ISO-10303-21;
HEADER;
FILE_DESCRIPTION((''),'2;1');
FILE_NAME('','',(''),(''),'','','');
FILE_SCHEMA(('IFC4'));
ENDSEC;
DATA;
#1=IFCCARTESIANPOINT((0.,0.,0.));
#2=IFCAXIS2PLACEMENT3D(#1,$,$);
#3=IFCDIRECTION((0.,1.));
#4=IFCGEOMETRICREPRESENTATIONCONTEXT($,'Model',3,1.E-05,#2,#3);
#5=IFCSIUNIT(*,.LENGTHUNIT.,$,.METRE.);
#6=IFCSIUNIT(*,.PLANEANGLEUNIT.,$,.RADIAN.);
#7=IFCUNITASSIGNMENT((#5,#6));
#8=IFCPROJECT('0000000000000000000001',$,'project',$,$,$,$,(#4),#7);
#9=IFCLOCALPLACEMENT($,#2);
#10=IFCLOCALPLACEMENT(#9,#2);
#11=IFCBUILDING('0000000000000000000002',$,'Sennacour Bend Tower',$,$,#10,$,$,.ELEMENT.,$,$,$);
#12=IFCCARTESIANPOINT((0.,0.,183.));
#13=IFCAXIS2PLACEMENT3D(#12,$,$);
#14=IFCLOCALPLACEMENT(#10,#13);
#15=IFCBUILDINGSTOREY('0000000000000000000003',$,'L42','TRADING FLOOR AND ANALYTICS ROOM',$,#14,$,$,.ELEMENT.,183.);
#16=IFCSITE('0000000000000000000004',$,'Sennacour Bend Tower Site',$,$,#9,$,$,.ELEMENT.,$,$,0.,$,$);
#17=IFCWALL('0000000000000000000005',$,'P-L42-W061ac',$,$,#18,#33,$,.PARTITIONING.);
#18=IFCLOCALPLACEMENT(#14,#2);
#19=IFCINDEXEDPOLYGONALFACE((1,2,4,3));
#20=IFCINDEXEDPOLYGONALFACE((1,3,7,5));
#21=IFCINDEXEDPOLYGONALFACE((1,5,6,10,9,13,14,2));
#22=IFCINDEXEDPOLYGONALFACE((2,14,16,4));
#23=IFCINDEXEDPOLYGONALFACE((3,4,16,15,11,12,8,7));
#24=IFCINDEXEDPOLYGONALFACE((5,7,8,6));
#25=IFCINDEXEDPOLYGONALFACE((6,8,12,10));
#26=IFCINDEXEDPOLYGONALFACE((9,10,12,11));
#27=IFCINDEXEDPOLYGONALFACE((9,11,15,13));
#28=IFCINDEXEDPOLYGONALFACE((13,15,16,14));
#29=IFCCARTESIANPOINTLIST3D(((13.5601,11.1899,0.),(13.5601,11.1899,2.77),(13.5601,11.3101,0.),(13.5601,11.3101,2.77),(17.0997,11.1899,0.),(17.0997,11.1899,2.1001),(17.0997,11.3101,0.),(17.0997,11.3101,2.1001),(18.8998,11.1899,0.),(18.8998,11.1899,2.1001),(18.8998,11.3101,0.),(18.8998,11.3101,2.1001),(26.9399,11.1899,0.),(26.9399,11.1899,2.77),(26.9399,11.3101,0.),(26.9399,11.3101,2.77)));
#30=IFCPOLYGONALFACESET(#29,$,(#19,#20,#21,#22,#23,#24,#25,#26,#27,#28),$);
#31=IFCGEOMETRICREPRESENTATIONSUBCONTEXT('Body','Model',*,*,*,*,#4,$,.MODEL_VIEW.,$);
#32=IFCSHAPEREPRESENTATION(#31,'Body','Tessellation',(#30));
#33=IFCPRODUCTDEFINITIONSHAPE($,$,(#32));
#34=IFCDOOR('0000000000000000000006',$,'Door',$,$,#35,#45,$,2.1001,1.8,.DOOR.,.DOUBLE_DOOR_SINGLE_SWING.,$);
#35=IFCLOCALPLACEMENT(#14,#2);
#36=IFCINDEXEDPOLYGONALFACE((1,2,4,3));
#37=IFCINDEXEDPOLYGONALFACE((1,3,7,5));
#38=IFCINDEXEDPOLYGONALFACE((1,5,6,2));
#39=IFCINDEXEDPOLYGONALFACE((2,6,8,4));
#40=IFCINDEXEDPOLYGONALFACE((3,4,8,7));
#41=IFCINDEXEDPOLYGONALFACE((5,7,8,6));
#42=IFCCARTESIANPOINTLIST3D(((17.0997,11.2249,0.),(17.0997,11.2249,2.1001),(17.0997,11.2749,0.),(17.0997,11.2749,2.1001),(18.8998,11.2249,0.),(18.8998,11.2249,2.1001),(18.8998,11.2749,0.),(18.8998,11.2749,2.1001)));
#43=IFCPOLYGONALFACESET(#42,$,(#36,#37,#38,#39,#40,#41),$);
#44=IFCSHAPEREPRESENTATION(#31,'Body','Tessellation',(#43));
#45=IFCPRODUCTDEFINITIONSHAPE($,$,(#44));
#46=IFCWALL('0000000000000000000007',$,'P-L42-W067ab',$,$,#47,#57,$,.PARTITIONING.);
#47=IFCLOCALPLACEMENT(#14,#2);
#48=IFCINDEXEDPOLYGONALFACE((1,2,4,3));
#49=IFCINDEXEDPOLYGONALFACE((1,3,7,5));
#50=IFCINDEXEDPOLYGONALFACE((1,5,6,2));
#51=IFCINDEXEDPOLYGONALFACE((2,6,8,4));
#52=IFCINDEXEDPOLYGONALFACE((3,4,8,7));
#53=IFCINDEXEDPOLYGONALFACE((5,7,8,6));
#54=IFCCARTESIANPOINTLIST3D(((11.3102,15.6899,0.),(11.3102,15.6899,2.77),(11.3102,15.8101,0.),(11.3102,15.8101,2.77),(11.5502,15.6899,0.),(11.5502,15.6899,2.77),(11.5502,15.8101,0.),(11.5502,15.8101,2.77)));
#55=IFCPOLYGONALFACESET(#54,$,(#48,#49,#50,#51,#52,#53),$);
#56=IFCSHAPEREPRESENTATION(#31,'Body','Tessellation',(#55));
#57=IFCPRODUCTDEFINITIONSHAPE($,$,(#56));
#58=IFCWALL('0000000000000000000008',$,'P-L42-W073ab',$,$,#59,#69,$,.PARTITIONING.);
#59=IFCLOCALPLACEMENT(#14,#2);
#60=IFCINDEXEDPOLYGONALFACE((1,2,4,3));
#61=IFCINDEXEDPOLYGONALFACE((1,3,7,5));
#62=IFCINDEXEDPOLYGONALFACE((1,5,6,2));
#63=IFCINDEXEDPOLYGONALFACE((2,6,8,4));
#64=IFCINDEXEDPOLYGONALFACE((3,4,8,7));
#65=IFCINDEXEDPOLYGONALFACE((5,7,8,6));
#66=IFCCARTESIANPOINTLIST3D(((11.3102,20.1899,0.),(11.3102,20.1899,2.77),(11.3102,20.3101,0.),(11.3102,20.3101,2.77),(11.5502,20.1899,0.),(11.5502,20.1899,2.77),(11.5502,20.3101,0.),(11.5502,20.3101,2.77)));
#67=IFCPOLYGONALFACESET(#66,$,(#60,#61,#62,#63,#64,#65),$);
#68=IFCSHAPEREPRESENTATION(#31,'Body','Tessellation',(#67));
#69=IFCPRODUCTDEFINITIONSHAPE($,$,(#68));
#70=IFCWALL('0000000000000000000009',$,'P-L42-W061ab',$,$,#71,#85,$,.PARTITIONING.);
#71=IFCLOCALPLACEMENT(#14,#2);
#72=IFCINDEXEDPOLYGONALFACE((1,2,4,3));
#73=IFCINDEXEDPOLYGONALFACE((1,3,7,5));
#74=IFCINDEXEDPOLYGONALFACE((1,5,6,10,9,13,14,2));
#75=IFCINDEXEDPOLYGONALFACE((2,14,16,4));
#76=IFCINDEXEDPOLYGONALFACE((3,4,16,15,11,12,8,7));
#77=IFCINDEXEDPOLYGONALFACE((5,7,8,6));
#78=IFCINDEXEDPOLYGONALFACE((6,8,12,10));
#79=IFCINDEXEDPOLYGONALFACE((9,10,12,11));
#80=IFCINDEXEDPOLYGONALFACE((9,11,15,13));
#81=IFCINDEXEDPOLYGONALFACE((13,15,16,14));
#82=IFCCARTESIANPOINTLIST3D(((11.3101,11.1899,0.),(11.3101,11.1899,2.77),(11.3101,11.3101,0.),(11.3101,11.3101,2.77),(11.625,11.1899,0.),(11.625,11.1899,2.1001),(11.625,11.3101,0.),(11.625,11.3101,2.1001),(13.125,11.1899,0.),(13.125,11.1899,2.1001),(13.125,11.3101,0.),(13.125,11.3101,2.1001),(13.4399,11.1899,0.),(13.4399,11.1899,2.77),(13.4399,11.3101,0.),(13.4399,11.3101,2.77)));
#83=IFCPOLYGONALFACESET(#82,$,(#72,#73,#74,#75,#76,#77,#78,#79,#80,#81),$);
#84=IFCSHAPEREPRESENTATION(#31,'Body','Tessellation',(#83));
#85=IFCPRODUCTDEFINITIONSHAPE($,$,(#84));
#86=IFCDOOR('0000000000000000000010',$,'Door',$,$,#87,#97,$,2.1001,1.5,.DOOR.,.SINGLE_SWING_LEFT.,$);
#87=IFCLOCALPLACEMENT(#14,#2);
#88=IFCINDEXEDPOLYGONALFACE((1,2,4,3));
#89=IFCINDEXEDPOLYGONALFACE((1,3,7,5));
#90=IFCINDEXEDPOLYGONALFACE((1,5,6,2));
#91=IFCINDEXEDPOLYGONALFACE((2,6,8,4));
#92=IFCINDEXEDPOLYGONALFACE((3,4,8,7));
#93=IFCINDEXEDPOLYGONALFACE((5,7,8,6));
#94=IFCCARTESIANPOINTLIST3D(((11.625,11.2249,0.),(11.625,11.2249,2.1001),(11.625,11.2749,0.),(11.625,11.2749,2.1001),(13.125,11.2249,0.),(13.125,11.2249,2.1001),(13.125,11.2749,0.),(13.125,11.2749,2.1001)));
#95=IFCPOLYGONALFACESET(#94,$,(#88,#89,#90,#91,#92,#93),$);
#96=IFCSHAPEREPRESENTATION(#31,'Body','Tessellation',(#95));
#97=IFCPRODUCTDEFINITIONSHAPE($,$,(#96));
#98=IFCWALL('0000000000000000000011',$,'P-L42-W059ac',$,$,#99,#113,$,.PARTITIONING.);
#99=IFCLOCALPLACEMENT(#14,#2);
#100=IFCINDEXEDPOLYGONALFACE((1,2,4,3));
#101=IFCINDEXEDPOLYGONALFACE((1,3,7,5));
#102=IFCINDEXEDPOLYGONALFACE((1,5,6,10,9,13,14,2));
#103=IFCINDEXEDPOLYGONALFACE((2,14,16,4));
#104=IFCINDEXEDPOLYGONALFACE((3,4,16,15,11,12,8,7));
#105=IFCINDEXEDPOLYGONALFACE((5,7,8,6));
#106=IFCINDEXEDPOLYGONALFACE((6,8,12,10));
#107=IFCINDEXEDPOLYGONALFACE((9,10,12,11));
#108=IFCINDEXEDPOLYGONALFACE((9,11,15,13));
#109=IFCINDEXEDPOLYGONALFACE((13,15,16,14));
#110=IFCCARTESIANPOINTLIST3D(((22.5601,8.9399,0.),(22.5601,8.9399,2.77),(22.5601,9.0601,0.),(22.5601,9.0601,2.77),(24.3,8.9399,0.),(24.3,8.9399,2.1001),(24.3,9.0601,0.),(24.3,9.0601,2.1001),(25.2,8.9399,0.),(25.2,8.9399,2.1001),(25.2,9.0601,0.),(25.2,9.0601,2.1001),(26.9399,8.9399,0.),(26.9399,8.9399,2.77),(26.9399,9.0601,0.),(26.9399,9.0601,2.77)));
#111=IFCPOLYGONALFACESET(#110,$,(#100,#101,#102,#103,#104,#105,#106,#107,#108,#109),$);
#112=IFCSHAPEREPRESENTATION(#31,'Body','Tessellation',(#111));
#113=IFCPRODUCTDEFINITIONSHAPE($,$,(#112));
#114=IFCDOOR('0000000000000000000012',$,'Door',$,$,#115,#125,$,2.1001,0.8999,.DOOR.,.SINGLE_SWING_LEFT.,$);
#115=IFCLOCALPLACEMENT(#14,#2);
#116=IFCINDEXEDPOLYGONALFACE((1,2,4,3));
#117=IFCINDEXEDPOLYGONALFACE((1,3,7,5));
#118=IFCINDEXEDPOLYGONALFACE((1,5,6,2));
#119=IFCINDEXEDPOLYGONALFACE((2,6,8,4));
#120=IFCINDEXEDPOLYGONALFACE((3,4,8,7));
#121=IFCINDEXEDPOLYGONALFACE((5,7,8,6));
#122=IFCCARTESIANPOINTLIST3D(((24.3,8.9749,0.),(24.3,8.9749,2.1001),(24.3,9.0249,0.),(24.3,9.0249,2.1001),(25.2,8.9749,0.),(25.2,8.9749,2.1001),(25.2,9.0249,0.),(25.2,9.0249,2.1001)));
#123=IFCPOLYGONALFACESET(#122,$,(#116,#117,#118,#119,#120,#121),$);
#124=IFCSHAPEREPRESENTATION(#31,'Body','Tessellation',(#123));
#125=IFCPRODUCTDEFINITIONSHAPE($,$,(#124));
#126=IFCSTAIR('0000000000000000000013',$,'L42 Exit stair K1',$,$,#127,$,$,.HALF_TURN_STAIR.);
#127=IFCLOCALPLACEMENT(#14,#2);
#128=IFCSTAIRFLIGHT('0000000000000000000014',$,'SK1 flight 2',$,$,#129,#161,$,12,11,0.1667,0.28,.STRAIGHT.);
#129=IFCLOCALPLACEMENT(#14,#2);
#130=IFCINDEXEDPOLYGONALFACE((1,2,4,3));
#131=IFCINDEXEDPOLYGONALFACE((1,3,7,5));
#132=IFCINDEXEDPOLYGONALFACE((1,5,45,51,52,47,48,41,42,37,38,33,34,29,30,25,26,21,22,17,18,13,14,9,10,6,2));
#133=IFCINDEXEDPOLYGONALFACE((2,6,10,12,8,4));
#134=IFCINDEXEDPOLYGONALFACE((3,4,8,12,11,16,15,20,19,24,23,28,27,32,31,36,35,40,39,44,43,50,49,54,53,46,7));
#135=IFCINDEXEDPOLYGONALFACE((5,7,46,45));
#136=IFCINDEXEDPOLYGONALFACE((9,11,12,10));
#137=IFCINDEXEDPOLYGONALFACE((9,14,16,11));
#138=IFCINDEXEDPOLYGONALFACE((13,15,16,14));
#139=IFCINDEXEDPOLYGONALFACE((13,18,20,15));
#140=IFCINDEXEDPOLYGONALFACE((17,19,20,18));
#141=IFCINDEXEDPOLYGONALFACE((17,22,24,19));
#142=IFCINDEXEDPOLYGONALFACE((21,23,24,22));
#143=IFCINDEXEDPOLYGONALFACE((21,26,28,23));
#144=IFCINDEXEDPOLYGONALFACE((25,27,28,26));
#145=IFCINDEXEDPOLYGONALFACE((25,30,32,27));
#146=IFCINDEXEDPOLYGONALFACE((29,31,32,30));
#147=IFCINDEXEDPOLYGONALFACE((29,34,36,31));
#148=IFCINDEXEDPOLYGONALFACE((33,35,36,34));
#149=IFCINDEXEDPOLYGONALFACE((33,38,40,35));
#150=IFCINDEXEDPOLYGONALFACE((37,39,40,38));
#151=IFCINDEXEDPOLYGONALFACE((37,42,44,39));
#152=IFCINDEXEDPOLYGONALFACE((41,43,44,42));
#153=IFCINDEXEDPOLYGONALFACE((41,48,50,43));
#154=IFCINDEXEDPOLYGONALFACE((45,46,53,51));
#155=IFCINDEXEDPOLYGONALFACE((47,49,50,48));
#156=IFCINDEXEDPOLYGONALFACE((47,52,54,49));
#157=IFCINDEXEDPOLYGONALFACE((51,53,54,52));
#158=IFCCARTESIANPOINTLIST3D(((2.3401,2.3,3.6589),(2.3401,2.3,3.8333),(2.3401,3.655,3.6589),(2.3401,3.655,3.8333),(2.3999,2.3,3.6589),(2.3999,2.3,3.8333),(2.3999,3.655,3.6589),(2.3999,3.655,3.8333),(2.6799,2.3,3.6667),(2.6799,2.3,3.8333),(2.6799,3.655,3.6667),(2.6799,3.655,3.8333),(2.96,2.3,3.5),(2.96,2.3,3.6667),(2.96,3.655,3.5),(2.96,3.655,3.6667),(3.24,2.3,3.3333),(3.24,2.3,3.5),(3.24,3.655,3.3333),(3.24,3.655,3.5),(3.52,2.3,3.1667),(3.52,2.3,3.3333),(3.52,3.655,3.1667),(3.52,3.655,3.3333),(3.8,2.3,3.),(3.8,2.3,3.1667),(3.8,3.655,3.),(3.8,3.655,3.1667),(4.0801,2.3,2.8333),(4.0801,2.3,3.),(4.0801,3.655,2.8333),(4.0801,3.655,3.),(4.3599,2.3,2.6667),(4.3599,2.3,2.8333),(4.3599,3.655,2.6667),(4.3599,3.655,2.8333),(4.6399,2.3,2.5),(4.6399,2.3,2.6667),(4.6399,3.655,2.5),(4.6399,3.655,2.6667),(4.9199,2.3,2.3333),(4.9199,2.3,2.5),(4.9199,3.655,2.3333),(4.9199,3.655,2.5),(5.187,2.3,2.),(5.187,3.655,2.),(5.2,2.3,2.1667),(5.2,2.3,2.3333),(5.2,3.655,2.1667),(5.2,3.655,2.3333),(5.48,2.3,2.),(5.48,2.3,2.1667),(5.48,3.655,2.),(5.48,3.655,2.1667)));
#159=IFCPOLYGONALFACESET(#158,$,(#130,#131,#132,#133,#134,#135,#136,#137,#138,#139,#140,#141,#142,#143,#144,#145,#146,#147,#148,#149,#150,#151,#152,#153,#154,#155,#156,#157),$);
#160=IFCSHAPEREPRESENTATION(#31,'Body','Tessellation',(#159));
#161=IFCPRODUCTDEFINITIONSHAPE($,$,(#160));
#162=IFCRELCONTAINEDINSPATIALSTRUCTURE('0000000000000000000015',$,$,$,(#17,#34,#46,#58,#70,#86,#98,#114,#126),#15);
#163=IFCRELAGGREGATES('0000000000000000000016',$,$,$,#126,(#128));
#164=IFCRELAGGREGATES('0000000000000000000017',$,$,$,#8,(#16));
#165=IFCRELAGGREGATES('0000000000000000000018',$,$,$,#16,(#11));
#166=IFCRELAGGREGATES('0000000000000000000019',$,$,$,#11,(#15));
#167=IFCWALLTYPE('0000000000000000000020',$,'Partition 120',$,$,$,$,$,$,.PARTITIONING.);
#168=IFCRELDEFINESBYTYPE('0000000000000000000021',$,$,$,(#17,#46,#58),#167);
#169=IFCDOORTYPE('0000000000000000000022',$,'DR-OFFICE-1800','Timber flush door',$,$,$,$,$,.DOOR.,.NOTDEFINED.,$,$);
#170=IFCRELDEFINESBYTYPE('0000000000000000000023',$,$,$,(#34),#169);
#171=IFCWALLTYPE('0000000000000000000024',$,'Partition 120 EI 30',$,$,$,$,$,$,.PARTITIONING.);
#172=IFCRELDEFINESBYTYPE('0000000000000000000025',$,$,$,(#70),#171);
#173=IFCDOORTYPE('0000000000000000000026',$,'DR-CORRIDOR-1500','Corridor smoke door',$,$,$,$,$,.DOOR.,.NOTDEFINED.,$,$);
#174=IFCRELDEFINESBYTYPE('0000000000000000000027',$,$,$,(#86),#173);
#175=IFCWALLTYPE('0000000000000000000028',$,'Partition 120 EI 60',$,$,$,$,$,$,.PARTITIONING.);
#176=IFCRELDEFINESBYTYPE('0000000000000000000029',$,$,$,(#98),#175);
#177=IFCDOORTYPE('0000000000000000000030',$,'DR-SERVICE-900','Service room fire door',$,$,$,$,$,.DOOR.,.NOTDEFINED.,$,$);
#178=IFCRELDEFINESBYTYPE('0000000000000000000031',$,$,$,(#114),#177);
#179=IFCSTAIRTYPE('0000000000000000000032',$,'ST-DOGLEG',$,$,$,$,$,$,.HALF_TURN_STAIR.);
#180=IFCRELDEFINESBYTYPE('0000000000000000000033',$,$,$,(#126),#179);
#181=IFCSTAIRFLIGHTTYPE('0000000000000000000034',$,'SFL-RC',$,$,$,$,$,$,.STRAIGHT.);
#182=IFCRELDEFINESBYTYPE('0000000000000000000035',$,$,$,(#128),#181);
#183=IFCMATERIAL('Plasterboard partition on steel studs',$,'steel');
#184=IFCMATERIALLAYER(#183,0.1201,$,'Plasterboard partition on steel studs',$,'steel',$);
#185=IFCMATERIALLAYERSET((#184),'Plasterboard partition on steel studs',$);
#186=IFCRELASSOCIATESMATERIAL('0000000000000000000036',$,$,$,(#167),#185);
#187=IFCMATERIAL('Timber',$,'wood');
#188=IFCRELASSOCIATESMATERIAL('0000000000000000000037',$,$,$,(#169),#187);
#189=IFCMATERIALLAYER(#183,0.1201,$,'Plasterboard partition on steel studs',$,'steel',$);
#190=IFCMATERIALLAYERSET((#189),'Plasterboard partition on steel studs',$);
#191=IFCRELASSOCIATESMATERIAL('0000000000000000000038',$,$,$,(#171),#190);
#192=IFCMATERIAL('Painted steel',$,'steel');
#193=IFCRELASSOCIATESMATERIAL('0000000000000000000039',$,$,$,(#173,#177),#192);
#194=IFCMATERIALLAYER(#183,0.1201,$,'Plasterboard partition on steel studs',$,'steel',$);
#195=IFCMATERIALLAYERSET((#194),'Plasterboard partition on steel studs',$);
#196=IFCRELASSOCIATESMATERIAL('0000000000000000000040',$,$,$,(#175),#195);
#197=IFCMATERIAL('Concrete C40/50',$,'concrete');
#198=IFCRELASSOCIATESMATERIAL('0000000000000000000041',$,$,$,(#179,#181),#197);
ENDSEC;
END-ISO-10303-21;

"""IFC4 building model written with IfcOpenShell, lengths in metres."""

from ifc_helpers import new_model, si_unit, direction, frame, frame_2d, origin, place, context, subcontext, project, spatial, polyline, rectangle, outline, extrude, material, layer, layer_set, type_object, element, fill, aggregate, save


model = new_model("IFC4")

# Units and contexts
model_context = context("Model", 3, precision=1e-05, world=origin(), true_north=direction((0.0, 1.0)))
body_context = subcontext(model_context, "Body", "Model", "MODEL_VIEW")
ifc_project = project(units=[si_unit("LENGTHUNIT", "METRE"), si_unit("PLANEANGLEUNIT", "RADIAN")], contexts=[model_context])

# Site, building, storey
site_placement = place(None, origin())
site = spatial("IfcSite", under=ifc_project, at=site_placement, Name="Sennacour Bend Tower Site", CompositionType="ELEMENT", RefElevation=0.0)
building_placement = place(site_placement, origin())
building = spatial("IfcBuilding", under=site, at=building_placement, Name="Sennacour Bend Tower", CompositionType="ELEMENT")
storey_placement = place(building_placement, frame((0.0, 0.0, 183.0)))
storey = spatial("IfcBuildingStorey", under=building, at=storey_placement, Name="L42", Description="TRADING FLOOR AND ANALYTICS ROOM", CompositionType="ELEMENT", Elevation=183.0)

# Shared definitions
ifc_material_1 = material(Name="Plasterboard partition on steel studs", Category="steel")
ifc_layer_1 = layer(ifc_material_1, 0.1201, Name="Plasterboard partition on steel studs", Category="steel")
ifc_layer_set_1 = layer_set([ifc_layer_1], Name="Plasterboard partition on steel studs")
wall_type_1 = type_object("IfcWallType", Name="Partition 120", PredefinedType="PARTITIONING", material=ifc_layer_set_1)
ifc_material_2 = material(Name="Timber", Category="wood")

# Wall, opening, door
door_type_1 = type_object("IfcDoorType", Name="DR-OFFICE-1800", Description="Timber flush door", OperationType="NOTDEFINED", PredefinedType="DOOR", material=ifc_material_2)
wall_1_placement = place(storey_placement, frame((13.5601, 11.25, 0.0), z_axis=(0.0, 0.0, 1.0), x_axis=(1.0, 0.0, 0.0)))
wall_1 = element("IfcWall", 1, at=wall_1_placement, inside=storey, type_object=wall_type_1, Name="P-L42-W061ac", PredefinedType="PARTITIONING", context=body_context, shape_type="SweptSolid", body=[
    extrude(rectangle(XDim=13.3799, YDim=0.1201, at=frame_2d((6.6899, 0.0))), origin(), (0.0, 0.0, 1.0), 2.77),
])
opening_1_placement = place(wall_1_placement, frame((3.5398, 0.0, 0.0)))
opening_1 = element("IfcOpeningElement", 2, at=opening_1_placement, cuts=wall_1, PredefinedType="OPENING", context=body_context, shape_type="SweptSolid", body=[
    extrude(rectangle(XDim=1.8, YDim=2.1001, at=frame_2d((0.8999, 1.05))), frame((0.0, 0.0701, 0.0), z_axis=(0.0, -1.0, 0.0), x_axis=(1.0, 0.0, 0.0)), (0.0, 0.0, 1.0), 0.1401),
])
door_1_placement = place(opening_1_placement, origin())
door_1 = element("IfcDoor", 3, at=door_1_placement, inside=storey, type_object=door_type_1, Name="Door", OperationType="DOUBLE_DOOR_SINGLE_SWING", OverallHeight=2.1001, OverallWidth=1.8, PredefinedType="DOOR", context=body_context, shape_type="SweptSolid", body=[
    extrude(rectangle(XDim=1.8, YDim=2.1001, at=frame_2d((0.8999, 1.05))), frame((0.0, 0.0249, 0.0), z_axis=(0.0, -1.0, 0.0), x_axis=(1.0, 0.0, 0.0)), (0.0, 0.0, 1.0), 0.05),
])
fill(opening_1, door_1)

# Walls
for number, where, z_axis, x_axis, name in (
    (4, (11.3101, 15.75, 0.0), (0.0, 0.0, 1.0), (1.0, 0.0, 0.0), "P-L42-W067ab"),
    (5, (11.3101, 20.25, 0.0), (0.0, 0.0, 1.0), (1.0, 0.0, 0.0), "P-L42-W073ab"),
):
    element("IfcWall", number, at=place(storey_placement, frame(where, z_axis=z_axis, x_axis=x_axis)), inside=storey, type_object=wall_type_1, Name=name, PredefinedType="PARTITIONING", context=body_context, shape_type="SweptSolid", body=[
        extrude(rectangle(XDim=0.24, YDim=0.1201, at=frame_2d((0.1201, 0.0))), origin(), (0.0, 0.0, 1.0), 2.77),
    ])

# Walls, openings, doors
ifc_layer_2 = layer(ifc_material_1, 0.1201, Name="Plasterboard partition on steel studs", Category="steel")
ifc_layer_set_2 = layer_set([ifc_layer_2], Name="Plasterboard partition on steel studs")
wall_type_2 = type_object("IfcWallType", Name="Partition 120 EI 30", PredefinedType="PARTITIONING", material=ifc_layer_set_2)
wall_2_placement = place(storey_placement, frame((11.3101, 11.25, 0.0), z_axis=(0.0, 0.0, 1.0), x_axis=(1.0, 0.0, 0.0)))
wall_2 = element("IfcWall", 6, at=wall_2_placement, inside=storey, type_object=wall_type_2, Name="P-L42-W061ab", PredefinedType="PARTITIONING", context=body_context, shape_type="SweptSolid", body=[
    extrude(rectangle(XDim=2.1299, YDim=0.1201, at=frame_2d((1.0649, 0.0))), origin(), (0.0, 0.0, 1.0), 2.77),
])
opening_2_placement = place(wall_2_placement, frame((0.3149, 0.0, 0.0)))
opening_2 = element("IfcOpeningElement", 7, at=opening_2_placement, cuts=wall_2, PredefinedType="OPENING", context=body_context, shape_type="SweptSolid", body=[
    extrude(rectangle(XDim=1.5, YDim=2.1001, at=frame_2d((0.75, 1.05))), frame((0.0, 0.0701, 0.0), z_axis=(0.0, -1.0, 0.0), x_axis=(1.0, 0.0, 0.0)), (0.0, 0.0, 1.0), 0.1401),
])
ifc_material_3 = material(Name="Painted steel", Category="steel")
door_type_2 = type_object("IfcDoorType", Name="DR-CORRIDOR-1500", Description="Corridor smoke door", OperationType="NOTDEFINED", PredefinedType="DOOR", material=ifc_material_3)
door_2_placement = place(opening_2_placement, origin())
door_2 = element("IfcDoor", 8, at=door_2_placement, inside=storey, type_object=door_type_2, Name="Door", OperationType="SINGLE_SWING_LEFT", OverallHeight=2.1001, OverallWidth=1.5, PredefinedType="DOOR", context=body_context, shape_type="SweptSolid", body=[
    extrude(rectangle(XDim=1.5, YDim=2.1001, at=frame_2d((0.75, 1.05))), frame((0.0, 0.0249, 0.0), z_axis=(0.0, -1.0, 0.0), x_axis=(1.0, 0.0, 0.0)), (0.0, 0.0, 1.0), 0.05),
])
fill(opening_2, door_2)
ifc_layer_3 = layer(ifc_material_1, 0.1201, Name="Plasterboard partition on steel studs", Category="steel")
ifc_layer_set_3 = layer_set([ifc_layer_3], Name="Plasterboard partition on steel studs")
wall_type_3 = type_object("IfcWallType", Name="Partition 120 EI 60", PredefinedType="PARTITIONING", material=ifc_layer_set_3)
wall_3_placement = place(storey_placement, frame((22.5601, 9.0, 0.0), z_axis=(0.0, 0.0, 1.0), x_axis=(1.0, 0.0, 0.0)))
wall_3 = element("IfcWall", 9, at=wall_3_placement, inside=storey, type_object=wall_type_3, Name="P-L42-W059ac", PredefinedType="PARTITIONING", context=body_context, shape_type="SweptSolid", body=[
    extrude(rectangle(XDim=4.3799, YDim=0.1201, at=frame_2d((2.1899, 0.0))), origin(), (0.0, 0.0, 1.0), 2.77),
])
opening_3_placement = place(wall_3_placement, frame((1.74, 0.0, 0.0)))
opening_3 = element("IfcOpeningElement", 10, at=opening_3_placement, cuts=wall_3, PredefinedType="OPENING", context=body_context, shape_type="SweptSolid", body=[
    extrude(rectangle(XDim=0.8999, YDim=2.1001, at=frame_2d((0.45, 1.05))), frame((0.0, 0.0701, 0.0), z_axis=(0.0, -1.0, 0.0), x_axis=(1.0, 0.0, 0.0)), (0.0, 0.0, 1.0), 0.1401),
])
door_type_3 = type_object("IfcDoorType", Name="DR-SERVICE-900", Description="Service room fire door", OperationType="NOTDEFINED", PredefinedType="DOOR", material=ifc_material_3)
door_3_placement = place(opening_3_placement, origin())
door_3 = element("IfcDoor", 11, at=door_3_placement, inside=storey, type_object=door_type_3, Name="Door", OperationType="SINGLE_SWING_LEFT", OverallHeight=2.1001, OverallWidth=0.8999, PredefinedType="DOOR", context=body_context, shape_type="SweptSolid", body=[
    extrude(rectangle(XDim=0.8999, YDim=2.1001, at=frame_2d((0.45, 1.05))), frame((0.0, 0.0249, 0.0), z_axis=(0.0, -1.0, 0.0), x_axis=(1.0, 0.0, 0.0)), (0.0, 0.0, 1.0), 0.05),
])
fill(opening_3, door_3)

# Stair, stair flight
ifc_material_4 = material(Name="Concrete C40/50", Category="concrete")
stair_type = type_object("IfcStairType", Name="ST-DOGLEG", PredefinedType="HALF_TURN_STAIR", material=ifc_material_4)
stair_placement = place(storey_placement, origin())
stair = element("IfcStair", 12, at=stair_placement, inside=storey, type_object=stair_type, Name="L42 Exit stair K1", PredefinedType="HALF_TURN_STAIR")
stair_flight_type = type_object("IfcStairFlightType", Name="SFL-RC", PredefinedType="STRAIGHT", material=ifc_material_4)
stair_flight_placement = place(storey_placement, frame((5.48, 2.9775, 2.0), z_axis=(0.0, 0.0, 1.0), x_axis=(-1.0, 0.0, 0.0)))
stair_flight = element("IfcStairFlight", 13, at=stair_flight_placement, type_object=stair_flight_type, Name="SK1 flight 2", NumberOfRisers=12, NumberOfTreads=11, PredefinedType="STRAIGHT", RiserHeight=0.1667, TreadLength=0.28, context=body_context, shape_type="SweptSolid", body=[
    extrude(outline(polyline([(0.0, 0.0), (0.0, 0.1667), (0.28, 0.1667), (0.28, 0.3333), (0.5601, 0.3333), (0.5601, 0.5), (0.8401, 0.5), (0.8401, 0.6667), (1.1201, 0.6667), (1.1201, 0.8333), (1.3999, 0.8333), (1.3999, 1.0), (1.6799, 1.0), (1.6799, 1.1667), (1.96, 1.1667), (1.96, 1.3333), (2.24, 1.3333), (2.24, 1.5), (2.52, 1.5), (2.52, 1.6667), (2.8, 1.6667), (2.8, 1.8333), (3.0801, 1.8333), (3.1399, 1.8333), (3.1399, 1.6589), (3.0801, 1.6589), (0.293, 0.0), (0.0, 0.0)])), frame((0.0, 0.6775, 0.0), z_axis=(0.0, -1.0, 0.0), x_axis=(1.0, 0.0, 0.0)), (0.0, 0.0, 1.0), 1.355),
])
aggregate(stair, [stair_flight])

save(model, "model.ifc")
